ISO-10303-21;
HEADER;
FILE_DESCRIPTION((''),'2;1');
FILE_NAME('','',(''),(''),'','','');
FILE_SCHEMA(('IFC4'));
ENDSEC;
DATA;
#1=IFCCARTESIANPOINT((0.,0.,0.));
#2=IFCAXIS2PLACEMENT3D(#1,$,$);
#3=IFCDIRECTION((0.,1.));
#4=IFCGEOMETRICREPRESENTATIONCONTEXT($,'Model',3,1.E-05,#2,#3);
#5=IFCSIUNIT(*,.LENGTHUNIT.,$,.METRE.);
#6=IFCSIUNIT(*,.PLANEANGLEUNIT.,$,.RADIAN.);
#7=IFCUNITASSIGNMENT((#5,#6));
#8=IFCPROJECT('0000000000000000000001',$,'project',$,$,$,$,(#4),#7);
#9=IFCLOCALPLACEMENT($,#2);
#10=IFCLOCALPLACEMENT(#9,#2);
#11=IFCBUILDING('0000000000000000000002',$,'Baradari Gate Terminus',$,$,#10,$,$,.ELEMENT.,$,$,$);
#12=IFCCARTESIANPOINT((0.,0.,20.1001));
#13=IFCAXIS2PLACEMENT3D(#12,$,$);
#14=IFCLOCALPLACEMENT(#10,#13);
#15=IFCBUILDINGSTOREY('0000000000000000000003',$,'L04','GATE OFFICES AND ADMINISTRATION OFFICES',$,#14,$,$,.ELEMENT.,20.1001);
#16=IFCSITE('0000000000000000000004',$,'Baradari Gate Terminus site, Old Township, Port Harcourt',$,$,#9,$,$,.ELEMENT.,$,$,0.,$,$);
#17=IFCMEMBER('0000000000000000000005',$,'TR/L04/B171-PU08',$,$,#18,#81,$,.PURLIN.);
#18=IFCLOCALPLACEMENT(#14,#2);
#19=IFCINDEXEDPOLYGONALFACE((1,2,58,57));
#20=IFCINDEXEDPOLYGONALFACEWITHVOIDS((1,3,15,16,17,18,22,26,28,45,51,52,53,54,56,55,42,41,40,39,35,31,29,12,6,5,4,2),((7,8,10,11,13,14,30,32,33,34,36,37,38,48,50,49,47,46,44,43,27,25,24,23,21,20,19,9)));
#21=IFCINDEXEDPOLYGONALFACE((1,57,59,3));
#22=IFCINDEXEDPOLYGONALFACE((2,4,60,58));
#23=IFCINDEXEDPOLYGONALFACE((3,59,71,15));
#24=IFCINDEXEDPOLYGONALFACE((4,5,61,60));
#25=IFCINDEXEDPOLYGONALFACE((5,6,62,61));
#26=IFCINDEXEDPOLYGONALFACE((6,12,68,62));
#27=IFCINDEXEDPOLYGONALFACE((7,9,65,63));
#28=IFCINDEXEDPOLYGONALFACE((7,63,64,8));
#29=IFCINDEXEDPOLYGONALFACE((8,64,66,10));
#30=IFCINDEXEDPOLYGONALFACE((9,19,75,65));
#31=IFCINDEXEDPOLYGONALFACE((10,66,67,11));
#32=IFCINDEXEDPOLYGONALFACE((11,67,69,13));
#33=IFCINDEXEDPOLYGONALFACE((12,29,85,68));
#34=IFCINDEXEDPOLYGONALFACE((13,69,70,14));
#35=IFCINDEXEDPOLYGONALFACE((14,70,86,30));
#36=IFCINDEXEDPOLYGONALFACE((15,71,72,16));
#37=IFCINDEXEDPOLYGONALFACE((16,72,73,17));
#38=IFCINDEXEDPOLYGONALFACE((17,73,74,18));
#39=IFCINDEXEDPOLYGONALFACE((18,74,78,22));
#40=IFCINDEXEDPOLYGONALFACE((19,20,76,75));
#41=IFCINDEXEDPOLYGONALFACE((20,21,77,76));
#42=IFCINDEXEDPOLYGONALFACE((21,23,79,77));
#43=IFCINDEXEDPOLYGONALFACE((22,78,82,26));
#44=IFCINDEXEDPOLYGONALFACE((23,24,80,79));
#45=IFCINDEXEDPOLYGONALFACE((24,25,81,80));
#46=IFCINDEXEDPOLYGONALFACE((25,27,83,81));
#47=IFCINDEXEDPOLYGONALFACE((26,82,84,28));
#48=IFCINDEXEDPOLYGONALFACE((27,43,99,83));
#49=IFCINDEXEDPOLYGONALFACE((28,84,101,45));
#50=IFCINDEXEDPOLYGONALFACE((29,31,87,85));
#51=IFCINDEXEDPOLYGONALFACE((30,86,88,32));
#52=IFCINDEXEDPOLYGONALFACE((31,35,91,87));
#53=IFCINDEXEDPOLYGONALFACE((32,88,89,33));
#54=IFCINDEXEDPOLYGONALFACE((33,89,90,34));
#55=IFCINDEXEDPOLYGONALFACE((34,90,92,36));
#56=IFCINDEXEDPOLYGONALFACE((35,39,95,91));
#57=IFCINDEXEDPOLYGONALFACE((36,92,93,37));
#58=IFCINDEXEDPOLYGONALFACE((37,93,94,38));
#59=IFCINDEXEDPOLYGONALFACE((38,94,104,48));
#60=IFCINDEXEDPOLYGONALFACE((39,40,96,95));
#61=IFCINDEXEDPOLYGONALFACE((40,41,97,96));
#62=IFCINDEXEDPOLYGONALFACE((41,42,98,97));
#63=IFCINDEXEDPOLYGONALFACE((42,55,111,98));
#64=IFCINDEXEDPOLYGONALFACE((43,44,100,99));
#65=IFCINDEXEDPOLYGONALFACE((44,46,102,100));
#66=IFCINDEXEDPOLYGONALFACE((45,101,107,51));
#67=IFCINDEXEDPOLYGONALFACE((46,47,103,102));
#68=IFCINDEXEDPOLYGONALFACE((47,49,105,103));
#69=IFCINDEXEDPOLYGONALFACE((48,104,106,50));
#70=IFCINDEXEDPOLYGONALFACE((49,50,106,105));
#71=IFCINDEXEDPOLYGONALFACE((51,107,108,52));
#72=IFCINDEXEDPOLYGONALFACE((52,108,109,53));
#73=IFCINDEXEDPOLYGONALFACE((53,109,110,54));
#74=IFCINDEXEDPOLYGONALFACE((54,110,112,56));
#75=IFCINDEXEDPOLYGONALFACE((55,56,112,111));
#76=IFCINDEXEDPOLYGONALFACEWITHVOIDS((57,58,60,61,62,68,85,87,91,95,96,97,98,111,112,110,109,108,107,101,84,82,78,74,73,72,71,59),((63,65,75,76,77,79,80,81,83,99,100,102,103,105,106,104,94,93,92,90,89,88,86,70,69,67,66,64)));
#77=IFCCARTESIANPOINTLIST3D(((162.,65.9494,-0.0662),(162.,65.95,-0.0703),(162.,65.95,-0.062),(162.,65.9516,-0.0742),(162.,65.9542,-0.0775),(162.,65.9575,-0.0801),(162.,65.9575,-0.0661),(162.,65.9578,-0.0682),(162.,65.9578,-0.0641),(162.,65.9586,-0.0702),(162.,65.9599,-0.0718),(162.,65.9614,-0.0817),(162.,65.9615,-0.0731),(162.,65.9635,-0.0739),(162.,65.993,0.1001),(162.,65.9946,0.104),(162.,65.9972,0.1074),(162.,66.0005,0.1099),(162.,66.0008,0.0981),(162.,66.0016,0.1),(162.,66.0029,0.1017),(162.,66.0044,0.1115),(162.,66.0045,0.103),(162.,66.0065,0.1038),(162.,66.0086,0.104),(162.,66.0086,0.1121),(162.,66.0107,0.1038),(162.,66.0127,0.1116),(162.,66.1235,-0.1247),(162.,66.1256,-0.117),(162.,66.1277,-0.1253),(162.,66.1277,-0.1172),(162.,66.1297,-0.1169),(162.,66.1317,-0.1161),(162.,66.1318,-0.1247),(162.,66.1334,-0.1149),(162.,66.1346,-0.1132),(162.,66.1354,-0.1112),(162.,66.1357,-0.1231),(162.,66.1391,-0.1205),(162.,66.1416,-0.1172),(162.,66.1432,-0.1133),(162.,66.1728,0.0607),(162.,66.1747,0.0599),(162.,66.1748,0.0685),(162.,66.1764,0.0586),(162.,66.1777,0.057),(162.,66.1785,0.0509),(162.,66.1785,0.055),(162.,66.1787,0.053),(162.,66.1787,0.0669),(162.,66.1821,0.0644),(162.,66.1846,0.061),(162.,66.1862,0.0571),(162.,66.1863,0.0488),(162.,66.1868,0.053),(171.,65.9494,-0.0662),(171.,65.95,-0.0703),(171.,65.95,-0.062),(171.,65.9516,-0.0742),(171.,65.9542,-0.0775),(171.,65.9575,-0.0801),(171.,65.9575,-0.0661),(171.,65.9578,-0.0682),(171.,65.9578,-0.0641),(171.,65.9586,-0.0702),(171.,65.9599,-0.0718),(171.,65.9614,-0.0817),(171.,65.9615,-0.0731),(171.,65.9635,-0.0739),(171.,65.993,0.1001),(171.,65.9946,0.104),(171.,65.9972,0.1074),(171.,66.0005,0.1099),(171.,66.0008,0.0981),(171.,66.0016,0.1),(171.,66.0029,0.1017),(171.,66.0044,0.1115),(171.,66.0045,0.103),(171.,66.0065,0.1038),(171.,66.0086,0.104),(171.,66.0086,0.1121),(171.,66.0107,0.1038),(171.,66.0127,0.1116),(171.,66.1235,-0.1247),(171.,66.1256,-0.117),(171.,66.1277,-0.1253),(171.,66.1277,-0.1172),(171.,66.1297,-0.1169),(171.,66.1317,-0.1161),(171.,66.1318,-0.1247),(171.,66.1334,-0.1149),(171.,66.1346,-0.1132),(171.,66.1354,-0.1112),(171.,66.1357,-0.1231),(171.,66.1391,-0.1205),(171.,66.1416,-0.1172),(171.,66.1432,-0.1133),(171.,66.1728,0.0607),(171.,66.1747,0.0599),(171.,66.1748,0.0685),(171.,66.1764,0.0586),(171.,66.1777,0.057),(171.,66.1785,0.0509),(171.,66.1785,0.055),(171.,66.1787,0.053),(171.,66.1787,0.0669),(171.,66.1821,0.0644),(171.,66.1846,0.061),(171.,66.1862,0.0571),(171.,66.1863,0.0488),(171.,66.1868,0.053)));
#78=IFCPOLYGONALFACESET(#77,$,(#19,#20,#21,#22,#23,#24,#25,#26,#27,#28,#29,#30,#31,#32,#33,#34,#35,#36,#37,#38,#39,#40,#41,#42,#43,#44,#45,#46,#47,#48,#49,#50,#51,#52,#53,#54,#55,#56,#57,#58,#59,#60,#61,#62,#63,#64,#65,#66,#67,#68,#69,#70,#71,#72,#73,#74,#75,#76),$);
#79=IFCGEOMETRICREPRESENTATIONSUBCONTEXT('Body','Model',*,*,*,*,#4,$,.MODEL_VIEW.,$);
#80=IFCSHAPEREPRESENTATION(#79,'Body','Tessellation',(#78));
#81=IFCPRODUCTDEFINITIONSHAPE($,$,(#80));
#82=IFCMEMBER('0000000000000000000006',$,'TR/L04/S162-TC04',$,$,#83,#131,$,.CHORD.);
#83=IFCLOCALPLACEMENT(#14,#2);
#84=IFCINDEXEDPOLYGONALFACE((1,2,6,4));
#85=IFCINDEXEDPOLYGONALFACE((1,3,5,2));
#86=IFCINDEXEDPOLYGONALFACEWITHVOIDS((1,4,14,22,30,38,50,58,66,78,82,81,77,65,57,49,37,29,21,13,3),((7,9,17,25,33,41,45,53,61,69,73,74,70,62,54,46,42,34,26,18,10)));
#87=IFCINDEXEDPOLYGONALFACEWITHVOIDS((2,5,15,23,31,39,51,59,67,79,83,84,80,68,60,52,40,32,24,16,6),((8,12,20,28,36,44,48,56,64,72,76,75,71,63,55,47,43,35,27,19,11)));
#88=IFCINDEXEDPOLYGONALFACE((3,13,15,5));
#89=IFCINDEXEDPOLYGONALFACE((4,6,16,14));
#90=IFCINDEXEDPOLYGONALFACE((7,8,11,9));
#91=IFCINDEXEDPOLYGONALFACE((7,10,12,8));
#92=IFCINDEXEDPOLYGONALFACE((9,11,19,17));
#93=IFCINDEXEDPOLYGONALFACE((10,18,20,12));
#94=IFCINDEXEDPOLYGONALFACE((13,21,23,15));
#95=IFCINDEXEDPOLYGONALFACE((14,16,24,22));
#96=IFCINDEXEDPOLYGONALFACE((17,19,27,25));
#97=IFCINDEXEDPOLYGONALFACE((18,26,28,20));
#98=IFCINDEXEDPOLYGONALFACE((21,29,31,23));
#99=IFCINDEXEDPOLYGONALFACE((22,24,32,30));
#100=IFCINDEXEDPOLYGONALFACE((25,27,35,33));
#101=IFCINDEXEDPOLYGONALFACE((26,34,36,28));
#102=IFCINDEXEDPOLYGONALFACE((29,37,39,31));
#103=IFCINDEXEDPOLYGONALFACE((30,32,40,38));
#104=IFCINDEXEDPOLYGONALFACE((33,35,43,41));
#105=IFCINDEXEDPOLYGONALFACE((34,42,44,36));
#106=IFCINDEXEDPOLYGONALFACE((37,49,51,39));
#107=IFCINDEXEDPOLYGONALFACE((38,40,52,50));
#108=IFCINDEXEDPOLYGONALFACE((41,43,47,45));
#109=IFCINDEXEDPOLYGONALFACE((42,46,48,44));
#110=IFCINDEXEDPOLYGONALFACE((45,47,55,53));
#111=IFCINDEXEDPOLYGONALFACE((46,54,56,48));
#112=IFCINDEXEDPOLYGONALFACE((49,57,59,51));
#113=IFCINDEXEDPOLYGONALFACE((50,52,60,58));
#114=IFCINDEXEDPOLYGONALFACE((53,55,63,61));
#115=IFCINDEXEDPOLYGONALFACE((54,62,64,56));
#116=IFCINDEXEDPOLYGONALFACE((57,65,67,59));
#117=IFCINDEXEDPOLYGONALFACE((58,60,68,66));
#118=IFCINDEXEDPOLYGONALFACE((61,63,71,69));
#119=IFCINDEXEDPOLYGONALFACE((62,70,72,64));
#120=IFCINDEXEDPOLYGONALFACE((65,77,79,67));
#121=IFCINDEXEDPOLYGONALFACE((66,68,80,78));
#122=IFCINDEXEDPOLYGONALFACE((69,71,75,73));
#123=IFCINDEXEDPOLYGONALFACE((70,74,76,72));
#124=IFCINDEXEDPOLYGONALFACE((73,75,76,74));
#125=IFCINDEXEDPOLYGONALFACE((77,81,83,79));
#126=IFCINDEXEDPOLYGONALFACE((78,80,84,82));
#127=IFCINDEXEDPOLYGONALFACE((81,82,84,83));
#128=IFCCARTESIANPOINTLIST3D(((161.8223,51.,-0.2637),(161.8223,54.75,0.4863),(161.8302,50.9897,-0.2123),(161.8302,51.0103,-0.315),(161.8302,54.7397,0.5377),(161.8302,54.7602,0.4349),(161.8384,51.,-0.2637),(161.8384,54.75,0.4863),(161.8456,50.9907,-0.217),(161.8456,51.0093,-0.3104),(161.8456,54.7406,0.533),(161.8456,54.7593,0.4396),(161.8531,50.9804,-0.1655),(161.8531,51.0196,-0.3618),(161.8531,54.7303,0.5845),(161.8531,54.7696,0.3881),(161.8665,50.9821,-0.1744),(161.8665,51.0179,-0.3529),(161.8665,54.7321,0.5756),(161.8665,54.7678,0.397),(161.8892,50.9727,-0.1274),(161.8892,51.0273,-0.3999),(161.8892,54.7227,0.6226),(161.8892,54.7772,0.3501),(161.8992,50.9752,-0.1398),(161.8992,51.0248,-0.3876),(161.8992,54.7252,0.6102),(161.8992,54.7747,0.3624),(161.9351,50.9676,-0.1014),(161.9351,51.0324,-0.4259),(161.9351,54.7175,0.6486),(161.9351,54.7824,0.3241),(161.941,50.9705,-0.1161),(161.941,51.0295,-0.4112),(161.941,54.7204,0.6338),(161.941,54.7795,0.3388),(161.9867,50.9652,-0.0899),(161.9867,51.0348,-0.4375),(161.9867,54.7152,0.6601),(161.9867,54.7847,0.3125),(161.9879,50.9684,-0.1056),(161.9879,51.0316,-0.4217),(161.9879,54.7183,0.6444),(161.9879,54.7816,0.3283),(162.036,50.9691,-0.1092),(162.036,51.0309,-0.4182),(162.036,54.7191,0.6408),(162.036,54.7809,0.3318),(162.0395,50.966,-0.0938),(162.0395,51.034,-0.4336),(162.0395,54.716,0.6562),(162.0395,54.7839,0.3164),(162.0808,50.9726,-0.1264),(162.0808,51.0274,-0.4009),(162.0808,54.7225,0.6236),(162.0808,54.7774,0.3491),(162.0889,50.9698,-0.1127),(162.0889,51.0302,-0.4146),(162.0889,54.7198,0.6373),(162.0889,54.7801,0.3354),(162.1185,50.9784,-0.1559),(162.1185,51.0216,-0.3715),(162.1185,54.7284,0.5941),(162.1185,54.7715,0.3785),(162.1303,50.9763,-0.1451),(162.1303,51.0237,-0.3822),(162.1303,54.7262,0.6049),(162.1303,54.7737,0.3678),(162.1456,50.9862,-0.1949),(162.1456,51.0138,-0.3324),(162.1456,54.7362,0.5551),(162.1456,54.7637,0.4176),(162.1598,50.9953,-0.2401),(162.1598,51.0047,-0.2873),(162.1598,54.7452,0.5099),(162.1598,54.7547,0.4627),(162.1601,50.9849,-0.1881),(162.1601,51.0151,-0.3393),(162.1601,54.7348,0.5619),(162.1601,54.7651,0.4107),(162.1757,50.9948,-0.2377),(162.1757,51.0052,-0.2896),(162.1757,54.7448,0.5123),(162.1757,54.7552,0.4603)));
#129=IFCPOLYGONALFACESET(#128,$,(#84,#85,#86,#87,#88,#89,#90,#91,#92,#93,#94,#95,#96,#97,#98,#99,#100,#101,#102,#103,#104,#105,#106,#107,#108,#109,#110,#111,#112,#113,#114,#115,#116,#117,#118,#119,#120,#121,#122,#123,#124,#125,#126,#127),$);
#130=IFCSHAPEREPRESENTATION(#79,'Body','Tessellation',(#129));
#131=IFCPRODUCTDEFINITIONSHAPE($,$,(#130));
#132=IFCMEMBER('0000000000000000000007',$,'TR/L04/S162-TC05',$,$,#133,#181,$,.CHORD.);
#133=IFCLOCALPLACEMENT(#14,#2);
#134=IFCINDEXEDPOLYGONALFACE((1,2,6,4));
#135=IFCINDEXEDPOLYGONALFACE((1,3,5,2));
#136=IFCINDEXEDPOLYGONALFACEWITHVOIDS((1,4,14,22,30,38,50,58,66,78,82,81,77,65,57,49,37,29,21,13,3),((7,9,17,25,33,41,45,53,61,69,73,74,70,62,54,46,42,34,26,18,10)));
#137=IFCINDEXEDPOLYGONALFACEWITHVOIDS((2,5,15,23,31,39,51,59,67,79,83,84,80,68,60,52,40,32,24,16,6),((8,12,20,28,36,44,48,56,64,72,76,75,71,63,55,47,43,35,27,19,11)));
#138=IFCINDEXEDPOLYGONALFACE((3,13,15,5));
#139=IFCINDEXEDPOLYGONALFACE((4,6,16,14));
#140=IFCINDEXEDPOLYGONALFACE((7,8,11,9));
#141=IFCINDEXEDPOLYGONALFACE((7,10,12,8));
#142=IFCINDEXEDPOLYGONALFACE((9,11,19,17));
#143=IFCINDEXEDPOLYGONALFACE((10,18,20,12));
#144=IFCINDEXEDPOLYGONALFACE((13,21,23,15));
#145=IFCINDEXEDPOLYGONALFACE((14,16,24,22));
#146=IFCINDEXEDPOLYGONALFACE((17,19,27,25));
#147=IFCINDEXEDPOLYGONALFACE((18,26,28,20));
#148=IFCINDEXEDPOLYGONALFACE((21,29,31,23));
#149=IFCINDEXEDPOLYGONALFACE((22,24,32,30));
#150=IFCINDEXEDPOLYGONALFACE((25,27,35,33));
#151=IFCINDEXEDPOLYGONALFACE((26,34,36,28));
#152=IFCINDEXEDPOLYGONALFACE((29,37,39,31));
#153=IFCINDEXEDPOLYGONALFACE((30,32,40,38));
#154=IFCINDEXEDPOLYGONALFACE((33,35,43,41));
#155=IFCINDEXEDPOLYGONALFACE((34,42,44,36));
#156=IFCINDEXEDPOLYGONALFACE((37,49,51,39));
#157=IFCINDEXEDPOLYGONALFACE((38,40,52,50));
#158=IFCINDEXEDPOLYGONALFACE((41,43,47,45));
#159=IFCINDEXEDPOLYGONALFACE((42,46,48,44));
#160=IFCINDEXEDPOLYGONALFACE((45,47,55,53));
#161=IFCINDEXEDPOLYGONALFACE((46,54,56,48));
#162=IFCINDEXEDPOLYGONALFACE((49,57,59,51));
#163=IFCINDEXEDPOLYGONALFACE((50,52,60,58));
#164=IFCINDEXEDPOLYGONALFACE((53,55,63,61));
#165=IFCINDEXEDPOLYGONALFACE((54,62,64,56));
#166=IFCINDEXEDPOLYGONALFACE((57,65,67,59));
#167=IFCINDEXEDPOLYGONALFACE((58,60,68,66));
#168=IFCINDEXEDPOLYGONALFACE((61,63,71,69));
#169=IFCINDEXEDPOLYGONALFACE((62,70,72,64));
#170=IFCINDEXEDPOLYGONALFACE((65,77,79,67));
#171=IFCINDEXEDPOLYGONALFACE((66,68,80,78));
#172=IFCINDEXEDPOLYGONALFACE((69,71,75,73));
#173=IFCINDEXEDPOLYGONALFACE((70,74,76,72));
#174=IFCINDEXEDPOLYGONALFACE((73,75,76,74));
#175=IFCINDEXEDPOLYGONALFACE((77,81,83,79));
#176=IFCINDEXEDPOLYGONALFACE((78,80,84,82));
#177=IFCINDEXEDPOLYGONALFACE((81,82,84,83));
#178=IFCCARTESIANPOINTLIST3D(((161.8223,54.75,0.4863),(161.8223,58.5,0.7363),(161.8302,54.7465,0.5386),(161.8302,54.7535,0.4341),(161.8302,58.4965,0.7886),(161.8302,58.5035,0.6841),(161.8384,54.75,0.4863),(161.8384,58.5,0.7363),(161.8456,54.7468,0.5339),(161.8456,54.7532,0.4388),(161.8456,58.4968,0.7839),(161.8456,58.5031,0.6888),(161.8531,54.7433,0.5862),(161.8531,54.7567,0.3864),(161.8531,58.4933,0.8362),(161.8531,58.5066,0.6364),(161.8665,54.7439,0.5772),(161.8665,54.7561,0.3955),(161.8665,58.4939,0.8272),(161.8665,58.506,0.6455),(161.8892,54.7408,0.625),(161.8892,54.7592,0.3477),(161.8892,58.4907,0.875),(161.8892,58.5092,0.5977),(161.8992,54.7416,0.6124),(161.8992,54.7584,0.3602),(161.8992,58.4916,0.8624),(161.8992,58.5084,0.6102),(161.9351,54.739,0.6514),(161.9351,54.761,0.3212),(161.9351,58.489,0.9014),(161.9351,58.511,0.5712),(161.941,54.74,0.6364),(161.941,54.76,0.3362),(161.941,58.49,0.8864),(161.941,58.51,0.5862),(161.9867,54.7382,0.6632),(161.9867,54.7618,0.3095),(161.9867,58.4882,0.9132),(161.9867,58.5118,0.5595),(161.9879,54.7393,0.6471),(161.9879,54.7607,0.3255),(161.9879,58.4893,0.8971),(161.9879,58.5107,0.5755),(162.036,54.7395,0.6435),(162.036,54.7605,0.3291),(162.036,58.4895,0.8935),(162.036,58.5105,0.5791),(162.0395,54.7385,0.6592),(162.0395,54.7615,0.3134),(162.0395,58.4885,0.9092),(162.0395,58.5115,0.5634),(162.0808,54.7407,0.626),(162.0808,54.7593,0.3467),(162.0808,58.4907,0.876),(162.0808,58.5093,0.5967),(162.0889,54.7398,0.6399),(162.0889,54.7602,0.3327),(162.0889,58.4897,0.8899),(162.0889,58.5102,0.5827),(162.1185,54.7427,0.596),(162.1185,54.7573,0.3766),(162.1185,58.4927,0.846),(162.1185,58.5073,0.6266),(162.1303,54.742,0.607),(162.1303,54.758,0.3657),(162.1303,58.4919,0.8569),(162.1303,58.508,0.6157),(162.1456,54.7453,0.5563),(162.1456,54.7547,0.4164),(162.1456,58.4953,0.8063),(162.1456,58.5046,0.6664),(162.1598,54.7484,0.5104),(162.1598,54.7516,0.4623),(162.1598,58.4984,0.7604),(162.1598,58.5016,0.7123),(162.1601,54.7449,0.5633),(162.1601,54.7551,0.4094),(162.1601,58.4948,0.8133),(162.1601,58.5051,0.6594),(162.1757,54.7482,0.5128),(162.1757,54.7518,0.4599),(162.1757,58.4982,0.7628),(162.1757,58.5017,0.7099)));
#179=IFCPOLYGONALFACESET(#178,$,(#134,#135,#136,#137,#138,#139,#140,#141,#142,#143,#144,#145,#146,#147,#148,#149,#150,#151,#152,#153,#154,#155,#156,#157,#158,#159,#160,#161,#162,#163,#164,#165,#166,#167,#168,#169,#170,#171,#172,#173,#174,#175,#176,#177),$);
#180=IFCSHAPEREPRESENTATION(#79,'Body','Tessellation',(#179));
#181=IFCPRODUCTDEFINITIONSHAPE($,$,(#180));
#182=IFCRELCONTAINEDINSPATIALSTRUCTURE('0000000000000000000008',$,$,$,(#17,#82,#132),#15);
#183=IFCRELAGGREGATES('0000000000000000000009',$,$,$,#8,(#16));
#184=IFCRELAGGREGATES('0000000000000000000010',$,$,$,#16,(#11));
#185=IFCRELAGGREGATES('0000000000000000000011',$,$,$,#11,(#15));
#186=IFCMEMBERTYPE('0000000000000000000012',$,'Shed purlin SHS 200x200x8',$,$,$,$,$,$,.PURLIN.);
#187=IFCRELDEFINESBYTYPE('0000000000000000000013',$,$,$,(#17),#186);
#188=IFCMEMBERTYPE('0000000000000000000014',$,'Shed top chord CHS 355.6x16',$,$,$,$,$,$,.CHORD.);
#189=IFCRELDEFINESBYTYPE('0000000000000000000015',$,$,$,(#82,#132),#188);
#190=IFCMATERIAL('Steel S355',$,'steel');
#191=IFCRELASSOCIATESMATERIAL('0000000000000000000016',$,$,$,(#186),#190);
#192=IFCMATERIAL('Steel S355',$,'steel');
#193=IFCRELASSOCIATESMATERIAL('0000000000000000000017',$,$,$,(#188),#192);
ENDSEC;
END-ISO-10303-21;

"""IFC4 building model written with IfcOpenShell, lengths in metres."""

from ifc_helpers import new_model, si_unit, direction, frame, origin, origin_2d, place, context, subcontext, project, spatial, hollow_rectangle, hollow_circle, extrude, material, material_profile, profile_set, type_object, element, save


model = new_model("IFC4")

# Units and contexts
model_context = context("Model", 3, precision=1e-05, world=origin(), true_north=direction((0.0, 1.0)))
body_context = subcontext(model_context, "Body", "Model", "MODEL_VIEW")
ifc_project = project(units=[si_unit("LENGTHUNIT", "METRE"), si_unit("PLANEANGLEUNIT", "RADIAN")], contexts=[model_context])

# Site, building, storey
site_placement = place(None, origin())
site = spatial("IfcSite", under=ifc_project, at=site_placement, Name="Baradari Gate Terminus site, Old Township, Port Harcourt", CompositionType="ELEMENT", RefElevation=0.0)
building_placement = place(site_placement, origin())
building = spatial("IfcBuilding", under=site, at=building_placement, Name="Baradari Gate Terminus", CompositionType="ELEMENT")
storey_placement = place(building_placement, frame((0.0, 0.0, 20.1001)))
storey = spatial("IfcBuildingStorey", under=building, at=storey_placement, Name="L04", Description="GATE OFFICES AND ADMINISTRATION OFFICES", CompositionType="ELEMENT", Elevation=20.1001)

# Members
ifc_material_1 = material(Name="Steel S355", Category="steel")
ifc_material_profile_1 = material_profile(ifc_material_1, hollow_rectangle(XDim=0.2, YDim=0.2, WallThickness=0.0081, InnerFilletRadius=0.0081, OuterFilletRadius=0.0161, at=origin_2d()), Name="SHS 200x200x8")
ifc_profile_set_1 = profile_set([ifc_material_profile_1], Name="Steel S355")
member_type_1 = type_object("IfcMemberType", Name="Shed purlin SHS 200x200x8", PredefinedType="PURLIN", material=ifc_profile_set_1)
for number, where, z_axis, x_axis, name in (
    (1, (162.0, 66.0681, -0.0066), (1.0, 0.0, 0.0), (0.0, 0.9665, -0.256668), "TR/L04/B171-PU08"),
):
    element("IfcMember", number, at=place(storey_placement, frame(where, z_axis=z_axis, x_axis=x_axis)), inside=storey, type_object=member_type_1, Name=name, PredefinedType="PURLIN", context=body_context, shape_type="SweptSolid", body=[
        extrude(hollow_rectangle(XDim=0.2, YDim=0.2, WallThickness=0.0081, InnerFilletRadius=0.0081, OuterFilletRadius=0.0161, at=origin_2d()), origin(), (0.0, 0.0, 1.0), 9.0),
    ])
ifc_material_2 = material(Name="Steel S355", Category="steel")
ifc_material_profile_2 = material_profile(ifc_material_2, hollow_circle(Radius=0.1777, WallThickness=0.0161, at=origin_2d()), Name="CHS 355.6x16")
ifc_profile_set_2 = profile_set([ifc_material_profile_2], Name="Steel S355")
member_type_2 = type_object("IfcMemberType", Name="Shed top chord CHS 355.6x16", PredefinedType="CHORD", material=ifc_profile_set_2)
member_1_placement = place(storey_placement, frame((162.0, 51.0, -0.2637), z_axis=(0.0, 0.980581, 0.196116), x_axis=(-1.0, 0.0, 0.0)))
element("IfcMember", 2, at=member_1_placement, inside=storey, type_object=member_type_2, Name="TR/L04/S162-TC04", PredefinedType="CHORD", context=body_context, shape_type="SweptSolid", body=[
    extrude(hollow_circle(Radius=0.1777, WallThickness=0.0161, at=origin_2d()), origin(), (0.0, 0.0, 1.0), 3.8242),
])
for number, where, z_axis, x_axis, name in (
    (3, (162.0, 54.75, 0.4863), (0.0, 0.997785, 0.066519), (-1.0, 0.0, 0.0), "TR/L04/S162-TC05"),
):
    element("IfcMember", number, at=place(storey_placement, frame(where, z_axis=z_axis, x_axis=x_axis)), inside=storey, type_object=member_type_2, Name=name, PredefinedType="CHORD", context=body_context, shape_type="SweptSolid", body=[
        extrude(hollow_circle(Radius=0.1777, WallThickness=0.0161, at=origin_2d()), origin(), (0.0, 0.0, 1.0), 3.7583),
    ])

save(model, "model.ifc")
